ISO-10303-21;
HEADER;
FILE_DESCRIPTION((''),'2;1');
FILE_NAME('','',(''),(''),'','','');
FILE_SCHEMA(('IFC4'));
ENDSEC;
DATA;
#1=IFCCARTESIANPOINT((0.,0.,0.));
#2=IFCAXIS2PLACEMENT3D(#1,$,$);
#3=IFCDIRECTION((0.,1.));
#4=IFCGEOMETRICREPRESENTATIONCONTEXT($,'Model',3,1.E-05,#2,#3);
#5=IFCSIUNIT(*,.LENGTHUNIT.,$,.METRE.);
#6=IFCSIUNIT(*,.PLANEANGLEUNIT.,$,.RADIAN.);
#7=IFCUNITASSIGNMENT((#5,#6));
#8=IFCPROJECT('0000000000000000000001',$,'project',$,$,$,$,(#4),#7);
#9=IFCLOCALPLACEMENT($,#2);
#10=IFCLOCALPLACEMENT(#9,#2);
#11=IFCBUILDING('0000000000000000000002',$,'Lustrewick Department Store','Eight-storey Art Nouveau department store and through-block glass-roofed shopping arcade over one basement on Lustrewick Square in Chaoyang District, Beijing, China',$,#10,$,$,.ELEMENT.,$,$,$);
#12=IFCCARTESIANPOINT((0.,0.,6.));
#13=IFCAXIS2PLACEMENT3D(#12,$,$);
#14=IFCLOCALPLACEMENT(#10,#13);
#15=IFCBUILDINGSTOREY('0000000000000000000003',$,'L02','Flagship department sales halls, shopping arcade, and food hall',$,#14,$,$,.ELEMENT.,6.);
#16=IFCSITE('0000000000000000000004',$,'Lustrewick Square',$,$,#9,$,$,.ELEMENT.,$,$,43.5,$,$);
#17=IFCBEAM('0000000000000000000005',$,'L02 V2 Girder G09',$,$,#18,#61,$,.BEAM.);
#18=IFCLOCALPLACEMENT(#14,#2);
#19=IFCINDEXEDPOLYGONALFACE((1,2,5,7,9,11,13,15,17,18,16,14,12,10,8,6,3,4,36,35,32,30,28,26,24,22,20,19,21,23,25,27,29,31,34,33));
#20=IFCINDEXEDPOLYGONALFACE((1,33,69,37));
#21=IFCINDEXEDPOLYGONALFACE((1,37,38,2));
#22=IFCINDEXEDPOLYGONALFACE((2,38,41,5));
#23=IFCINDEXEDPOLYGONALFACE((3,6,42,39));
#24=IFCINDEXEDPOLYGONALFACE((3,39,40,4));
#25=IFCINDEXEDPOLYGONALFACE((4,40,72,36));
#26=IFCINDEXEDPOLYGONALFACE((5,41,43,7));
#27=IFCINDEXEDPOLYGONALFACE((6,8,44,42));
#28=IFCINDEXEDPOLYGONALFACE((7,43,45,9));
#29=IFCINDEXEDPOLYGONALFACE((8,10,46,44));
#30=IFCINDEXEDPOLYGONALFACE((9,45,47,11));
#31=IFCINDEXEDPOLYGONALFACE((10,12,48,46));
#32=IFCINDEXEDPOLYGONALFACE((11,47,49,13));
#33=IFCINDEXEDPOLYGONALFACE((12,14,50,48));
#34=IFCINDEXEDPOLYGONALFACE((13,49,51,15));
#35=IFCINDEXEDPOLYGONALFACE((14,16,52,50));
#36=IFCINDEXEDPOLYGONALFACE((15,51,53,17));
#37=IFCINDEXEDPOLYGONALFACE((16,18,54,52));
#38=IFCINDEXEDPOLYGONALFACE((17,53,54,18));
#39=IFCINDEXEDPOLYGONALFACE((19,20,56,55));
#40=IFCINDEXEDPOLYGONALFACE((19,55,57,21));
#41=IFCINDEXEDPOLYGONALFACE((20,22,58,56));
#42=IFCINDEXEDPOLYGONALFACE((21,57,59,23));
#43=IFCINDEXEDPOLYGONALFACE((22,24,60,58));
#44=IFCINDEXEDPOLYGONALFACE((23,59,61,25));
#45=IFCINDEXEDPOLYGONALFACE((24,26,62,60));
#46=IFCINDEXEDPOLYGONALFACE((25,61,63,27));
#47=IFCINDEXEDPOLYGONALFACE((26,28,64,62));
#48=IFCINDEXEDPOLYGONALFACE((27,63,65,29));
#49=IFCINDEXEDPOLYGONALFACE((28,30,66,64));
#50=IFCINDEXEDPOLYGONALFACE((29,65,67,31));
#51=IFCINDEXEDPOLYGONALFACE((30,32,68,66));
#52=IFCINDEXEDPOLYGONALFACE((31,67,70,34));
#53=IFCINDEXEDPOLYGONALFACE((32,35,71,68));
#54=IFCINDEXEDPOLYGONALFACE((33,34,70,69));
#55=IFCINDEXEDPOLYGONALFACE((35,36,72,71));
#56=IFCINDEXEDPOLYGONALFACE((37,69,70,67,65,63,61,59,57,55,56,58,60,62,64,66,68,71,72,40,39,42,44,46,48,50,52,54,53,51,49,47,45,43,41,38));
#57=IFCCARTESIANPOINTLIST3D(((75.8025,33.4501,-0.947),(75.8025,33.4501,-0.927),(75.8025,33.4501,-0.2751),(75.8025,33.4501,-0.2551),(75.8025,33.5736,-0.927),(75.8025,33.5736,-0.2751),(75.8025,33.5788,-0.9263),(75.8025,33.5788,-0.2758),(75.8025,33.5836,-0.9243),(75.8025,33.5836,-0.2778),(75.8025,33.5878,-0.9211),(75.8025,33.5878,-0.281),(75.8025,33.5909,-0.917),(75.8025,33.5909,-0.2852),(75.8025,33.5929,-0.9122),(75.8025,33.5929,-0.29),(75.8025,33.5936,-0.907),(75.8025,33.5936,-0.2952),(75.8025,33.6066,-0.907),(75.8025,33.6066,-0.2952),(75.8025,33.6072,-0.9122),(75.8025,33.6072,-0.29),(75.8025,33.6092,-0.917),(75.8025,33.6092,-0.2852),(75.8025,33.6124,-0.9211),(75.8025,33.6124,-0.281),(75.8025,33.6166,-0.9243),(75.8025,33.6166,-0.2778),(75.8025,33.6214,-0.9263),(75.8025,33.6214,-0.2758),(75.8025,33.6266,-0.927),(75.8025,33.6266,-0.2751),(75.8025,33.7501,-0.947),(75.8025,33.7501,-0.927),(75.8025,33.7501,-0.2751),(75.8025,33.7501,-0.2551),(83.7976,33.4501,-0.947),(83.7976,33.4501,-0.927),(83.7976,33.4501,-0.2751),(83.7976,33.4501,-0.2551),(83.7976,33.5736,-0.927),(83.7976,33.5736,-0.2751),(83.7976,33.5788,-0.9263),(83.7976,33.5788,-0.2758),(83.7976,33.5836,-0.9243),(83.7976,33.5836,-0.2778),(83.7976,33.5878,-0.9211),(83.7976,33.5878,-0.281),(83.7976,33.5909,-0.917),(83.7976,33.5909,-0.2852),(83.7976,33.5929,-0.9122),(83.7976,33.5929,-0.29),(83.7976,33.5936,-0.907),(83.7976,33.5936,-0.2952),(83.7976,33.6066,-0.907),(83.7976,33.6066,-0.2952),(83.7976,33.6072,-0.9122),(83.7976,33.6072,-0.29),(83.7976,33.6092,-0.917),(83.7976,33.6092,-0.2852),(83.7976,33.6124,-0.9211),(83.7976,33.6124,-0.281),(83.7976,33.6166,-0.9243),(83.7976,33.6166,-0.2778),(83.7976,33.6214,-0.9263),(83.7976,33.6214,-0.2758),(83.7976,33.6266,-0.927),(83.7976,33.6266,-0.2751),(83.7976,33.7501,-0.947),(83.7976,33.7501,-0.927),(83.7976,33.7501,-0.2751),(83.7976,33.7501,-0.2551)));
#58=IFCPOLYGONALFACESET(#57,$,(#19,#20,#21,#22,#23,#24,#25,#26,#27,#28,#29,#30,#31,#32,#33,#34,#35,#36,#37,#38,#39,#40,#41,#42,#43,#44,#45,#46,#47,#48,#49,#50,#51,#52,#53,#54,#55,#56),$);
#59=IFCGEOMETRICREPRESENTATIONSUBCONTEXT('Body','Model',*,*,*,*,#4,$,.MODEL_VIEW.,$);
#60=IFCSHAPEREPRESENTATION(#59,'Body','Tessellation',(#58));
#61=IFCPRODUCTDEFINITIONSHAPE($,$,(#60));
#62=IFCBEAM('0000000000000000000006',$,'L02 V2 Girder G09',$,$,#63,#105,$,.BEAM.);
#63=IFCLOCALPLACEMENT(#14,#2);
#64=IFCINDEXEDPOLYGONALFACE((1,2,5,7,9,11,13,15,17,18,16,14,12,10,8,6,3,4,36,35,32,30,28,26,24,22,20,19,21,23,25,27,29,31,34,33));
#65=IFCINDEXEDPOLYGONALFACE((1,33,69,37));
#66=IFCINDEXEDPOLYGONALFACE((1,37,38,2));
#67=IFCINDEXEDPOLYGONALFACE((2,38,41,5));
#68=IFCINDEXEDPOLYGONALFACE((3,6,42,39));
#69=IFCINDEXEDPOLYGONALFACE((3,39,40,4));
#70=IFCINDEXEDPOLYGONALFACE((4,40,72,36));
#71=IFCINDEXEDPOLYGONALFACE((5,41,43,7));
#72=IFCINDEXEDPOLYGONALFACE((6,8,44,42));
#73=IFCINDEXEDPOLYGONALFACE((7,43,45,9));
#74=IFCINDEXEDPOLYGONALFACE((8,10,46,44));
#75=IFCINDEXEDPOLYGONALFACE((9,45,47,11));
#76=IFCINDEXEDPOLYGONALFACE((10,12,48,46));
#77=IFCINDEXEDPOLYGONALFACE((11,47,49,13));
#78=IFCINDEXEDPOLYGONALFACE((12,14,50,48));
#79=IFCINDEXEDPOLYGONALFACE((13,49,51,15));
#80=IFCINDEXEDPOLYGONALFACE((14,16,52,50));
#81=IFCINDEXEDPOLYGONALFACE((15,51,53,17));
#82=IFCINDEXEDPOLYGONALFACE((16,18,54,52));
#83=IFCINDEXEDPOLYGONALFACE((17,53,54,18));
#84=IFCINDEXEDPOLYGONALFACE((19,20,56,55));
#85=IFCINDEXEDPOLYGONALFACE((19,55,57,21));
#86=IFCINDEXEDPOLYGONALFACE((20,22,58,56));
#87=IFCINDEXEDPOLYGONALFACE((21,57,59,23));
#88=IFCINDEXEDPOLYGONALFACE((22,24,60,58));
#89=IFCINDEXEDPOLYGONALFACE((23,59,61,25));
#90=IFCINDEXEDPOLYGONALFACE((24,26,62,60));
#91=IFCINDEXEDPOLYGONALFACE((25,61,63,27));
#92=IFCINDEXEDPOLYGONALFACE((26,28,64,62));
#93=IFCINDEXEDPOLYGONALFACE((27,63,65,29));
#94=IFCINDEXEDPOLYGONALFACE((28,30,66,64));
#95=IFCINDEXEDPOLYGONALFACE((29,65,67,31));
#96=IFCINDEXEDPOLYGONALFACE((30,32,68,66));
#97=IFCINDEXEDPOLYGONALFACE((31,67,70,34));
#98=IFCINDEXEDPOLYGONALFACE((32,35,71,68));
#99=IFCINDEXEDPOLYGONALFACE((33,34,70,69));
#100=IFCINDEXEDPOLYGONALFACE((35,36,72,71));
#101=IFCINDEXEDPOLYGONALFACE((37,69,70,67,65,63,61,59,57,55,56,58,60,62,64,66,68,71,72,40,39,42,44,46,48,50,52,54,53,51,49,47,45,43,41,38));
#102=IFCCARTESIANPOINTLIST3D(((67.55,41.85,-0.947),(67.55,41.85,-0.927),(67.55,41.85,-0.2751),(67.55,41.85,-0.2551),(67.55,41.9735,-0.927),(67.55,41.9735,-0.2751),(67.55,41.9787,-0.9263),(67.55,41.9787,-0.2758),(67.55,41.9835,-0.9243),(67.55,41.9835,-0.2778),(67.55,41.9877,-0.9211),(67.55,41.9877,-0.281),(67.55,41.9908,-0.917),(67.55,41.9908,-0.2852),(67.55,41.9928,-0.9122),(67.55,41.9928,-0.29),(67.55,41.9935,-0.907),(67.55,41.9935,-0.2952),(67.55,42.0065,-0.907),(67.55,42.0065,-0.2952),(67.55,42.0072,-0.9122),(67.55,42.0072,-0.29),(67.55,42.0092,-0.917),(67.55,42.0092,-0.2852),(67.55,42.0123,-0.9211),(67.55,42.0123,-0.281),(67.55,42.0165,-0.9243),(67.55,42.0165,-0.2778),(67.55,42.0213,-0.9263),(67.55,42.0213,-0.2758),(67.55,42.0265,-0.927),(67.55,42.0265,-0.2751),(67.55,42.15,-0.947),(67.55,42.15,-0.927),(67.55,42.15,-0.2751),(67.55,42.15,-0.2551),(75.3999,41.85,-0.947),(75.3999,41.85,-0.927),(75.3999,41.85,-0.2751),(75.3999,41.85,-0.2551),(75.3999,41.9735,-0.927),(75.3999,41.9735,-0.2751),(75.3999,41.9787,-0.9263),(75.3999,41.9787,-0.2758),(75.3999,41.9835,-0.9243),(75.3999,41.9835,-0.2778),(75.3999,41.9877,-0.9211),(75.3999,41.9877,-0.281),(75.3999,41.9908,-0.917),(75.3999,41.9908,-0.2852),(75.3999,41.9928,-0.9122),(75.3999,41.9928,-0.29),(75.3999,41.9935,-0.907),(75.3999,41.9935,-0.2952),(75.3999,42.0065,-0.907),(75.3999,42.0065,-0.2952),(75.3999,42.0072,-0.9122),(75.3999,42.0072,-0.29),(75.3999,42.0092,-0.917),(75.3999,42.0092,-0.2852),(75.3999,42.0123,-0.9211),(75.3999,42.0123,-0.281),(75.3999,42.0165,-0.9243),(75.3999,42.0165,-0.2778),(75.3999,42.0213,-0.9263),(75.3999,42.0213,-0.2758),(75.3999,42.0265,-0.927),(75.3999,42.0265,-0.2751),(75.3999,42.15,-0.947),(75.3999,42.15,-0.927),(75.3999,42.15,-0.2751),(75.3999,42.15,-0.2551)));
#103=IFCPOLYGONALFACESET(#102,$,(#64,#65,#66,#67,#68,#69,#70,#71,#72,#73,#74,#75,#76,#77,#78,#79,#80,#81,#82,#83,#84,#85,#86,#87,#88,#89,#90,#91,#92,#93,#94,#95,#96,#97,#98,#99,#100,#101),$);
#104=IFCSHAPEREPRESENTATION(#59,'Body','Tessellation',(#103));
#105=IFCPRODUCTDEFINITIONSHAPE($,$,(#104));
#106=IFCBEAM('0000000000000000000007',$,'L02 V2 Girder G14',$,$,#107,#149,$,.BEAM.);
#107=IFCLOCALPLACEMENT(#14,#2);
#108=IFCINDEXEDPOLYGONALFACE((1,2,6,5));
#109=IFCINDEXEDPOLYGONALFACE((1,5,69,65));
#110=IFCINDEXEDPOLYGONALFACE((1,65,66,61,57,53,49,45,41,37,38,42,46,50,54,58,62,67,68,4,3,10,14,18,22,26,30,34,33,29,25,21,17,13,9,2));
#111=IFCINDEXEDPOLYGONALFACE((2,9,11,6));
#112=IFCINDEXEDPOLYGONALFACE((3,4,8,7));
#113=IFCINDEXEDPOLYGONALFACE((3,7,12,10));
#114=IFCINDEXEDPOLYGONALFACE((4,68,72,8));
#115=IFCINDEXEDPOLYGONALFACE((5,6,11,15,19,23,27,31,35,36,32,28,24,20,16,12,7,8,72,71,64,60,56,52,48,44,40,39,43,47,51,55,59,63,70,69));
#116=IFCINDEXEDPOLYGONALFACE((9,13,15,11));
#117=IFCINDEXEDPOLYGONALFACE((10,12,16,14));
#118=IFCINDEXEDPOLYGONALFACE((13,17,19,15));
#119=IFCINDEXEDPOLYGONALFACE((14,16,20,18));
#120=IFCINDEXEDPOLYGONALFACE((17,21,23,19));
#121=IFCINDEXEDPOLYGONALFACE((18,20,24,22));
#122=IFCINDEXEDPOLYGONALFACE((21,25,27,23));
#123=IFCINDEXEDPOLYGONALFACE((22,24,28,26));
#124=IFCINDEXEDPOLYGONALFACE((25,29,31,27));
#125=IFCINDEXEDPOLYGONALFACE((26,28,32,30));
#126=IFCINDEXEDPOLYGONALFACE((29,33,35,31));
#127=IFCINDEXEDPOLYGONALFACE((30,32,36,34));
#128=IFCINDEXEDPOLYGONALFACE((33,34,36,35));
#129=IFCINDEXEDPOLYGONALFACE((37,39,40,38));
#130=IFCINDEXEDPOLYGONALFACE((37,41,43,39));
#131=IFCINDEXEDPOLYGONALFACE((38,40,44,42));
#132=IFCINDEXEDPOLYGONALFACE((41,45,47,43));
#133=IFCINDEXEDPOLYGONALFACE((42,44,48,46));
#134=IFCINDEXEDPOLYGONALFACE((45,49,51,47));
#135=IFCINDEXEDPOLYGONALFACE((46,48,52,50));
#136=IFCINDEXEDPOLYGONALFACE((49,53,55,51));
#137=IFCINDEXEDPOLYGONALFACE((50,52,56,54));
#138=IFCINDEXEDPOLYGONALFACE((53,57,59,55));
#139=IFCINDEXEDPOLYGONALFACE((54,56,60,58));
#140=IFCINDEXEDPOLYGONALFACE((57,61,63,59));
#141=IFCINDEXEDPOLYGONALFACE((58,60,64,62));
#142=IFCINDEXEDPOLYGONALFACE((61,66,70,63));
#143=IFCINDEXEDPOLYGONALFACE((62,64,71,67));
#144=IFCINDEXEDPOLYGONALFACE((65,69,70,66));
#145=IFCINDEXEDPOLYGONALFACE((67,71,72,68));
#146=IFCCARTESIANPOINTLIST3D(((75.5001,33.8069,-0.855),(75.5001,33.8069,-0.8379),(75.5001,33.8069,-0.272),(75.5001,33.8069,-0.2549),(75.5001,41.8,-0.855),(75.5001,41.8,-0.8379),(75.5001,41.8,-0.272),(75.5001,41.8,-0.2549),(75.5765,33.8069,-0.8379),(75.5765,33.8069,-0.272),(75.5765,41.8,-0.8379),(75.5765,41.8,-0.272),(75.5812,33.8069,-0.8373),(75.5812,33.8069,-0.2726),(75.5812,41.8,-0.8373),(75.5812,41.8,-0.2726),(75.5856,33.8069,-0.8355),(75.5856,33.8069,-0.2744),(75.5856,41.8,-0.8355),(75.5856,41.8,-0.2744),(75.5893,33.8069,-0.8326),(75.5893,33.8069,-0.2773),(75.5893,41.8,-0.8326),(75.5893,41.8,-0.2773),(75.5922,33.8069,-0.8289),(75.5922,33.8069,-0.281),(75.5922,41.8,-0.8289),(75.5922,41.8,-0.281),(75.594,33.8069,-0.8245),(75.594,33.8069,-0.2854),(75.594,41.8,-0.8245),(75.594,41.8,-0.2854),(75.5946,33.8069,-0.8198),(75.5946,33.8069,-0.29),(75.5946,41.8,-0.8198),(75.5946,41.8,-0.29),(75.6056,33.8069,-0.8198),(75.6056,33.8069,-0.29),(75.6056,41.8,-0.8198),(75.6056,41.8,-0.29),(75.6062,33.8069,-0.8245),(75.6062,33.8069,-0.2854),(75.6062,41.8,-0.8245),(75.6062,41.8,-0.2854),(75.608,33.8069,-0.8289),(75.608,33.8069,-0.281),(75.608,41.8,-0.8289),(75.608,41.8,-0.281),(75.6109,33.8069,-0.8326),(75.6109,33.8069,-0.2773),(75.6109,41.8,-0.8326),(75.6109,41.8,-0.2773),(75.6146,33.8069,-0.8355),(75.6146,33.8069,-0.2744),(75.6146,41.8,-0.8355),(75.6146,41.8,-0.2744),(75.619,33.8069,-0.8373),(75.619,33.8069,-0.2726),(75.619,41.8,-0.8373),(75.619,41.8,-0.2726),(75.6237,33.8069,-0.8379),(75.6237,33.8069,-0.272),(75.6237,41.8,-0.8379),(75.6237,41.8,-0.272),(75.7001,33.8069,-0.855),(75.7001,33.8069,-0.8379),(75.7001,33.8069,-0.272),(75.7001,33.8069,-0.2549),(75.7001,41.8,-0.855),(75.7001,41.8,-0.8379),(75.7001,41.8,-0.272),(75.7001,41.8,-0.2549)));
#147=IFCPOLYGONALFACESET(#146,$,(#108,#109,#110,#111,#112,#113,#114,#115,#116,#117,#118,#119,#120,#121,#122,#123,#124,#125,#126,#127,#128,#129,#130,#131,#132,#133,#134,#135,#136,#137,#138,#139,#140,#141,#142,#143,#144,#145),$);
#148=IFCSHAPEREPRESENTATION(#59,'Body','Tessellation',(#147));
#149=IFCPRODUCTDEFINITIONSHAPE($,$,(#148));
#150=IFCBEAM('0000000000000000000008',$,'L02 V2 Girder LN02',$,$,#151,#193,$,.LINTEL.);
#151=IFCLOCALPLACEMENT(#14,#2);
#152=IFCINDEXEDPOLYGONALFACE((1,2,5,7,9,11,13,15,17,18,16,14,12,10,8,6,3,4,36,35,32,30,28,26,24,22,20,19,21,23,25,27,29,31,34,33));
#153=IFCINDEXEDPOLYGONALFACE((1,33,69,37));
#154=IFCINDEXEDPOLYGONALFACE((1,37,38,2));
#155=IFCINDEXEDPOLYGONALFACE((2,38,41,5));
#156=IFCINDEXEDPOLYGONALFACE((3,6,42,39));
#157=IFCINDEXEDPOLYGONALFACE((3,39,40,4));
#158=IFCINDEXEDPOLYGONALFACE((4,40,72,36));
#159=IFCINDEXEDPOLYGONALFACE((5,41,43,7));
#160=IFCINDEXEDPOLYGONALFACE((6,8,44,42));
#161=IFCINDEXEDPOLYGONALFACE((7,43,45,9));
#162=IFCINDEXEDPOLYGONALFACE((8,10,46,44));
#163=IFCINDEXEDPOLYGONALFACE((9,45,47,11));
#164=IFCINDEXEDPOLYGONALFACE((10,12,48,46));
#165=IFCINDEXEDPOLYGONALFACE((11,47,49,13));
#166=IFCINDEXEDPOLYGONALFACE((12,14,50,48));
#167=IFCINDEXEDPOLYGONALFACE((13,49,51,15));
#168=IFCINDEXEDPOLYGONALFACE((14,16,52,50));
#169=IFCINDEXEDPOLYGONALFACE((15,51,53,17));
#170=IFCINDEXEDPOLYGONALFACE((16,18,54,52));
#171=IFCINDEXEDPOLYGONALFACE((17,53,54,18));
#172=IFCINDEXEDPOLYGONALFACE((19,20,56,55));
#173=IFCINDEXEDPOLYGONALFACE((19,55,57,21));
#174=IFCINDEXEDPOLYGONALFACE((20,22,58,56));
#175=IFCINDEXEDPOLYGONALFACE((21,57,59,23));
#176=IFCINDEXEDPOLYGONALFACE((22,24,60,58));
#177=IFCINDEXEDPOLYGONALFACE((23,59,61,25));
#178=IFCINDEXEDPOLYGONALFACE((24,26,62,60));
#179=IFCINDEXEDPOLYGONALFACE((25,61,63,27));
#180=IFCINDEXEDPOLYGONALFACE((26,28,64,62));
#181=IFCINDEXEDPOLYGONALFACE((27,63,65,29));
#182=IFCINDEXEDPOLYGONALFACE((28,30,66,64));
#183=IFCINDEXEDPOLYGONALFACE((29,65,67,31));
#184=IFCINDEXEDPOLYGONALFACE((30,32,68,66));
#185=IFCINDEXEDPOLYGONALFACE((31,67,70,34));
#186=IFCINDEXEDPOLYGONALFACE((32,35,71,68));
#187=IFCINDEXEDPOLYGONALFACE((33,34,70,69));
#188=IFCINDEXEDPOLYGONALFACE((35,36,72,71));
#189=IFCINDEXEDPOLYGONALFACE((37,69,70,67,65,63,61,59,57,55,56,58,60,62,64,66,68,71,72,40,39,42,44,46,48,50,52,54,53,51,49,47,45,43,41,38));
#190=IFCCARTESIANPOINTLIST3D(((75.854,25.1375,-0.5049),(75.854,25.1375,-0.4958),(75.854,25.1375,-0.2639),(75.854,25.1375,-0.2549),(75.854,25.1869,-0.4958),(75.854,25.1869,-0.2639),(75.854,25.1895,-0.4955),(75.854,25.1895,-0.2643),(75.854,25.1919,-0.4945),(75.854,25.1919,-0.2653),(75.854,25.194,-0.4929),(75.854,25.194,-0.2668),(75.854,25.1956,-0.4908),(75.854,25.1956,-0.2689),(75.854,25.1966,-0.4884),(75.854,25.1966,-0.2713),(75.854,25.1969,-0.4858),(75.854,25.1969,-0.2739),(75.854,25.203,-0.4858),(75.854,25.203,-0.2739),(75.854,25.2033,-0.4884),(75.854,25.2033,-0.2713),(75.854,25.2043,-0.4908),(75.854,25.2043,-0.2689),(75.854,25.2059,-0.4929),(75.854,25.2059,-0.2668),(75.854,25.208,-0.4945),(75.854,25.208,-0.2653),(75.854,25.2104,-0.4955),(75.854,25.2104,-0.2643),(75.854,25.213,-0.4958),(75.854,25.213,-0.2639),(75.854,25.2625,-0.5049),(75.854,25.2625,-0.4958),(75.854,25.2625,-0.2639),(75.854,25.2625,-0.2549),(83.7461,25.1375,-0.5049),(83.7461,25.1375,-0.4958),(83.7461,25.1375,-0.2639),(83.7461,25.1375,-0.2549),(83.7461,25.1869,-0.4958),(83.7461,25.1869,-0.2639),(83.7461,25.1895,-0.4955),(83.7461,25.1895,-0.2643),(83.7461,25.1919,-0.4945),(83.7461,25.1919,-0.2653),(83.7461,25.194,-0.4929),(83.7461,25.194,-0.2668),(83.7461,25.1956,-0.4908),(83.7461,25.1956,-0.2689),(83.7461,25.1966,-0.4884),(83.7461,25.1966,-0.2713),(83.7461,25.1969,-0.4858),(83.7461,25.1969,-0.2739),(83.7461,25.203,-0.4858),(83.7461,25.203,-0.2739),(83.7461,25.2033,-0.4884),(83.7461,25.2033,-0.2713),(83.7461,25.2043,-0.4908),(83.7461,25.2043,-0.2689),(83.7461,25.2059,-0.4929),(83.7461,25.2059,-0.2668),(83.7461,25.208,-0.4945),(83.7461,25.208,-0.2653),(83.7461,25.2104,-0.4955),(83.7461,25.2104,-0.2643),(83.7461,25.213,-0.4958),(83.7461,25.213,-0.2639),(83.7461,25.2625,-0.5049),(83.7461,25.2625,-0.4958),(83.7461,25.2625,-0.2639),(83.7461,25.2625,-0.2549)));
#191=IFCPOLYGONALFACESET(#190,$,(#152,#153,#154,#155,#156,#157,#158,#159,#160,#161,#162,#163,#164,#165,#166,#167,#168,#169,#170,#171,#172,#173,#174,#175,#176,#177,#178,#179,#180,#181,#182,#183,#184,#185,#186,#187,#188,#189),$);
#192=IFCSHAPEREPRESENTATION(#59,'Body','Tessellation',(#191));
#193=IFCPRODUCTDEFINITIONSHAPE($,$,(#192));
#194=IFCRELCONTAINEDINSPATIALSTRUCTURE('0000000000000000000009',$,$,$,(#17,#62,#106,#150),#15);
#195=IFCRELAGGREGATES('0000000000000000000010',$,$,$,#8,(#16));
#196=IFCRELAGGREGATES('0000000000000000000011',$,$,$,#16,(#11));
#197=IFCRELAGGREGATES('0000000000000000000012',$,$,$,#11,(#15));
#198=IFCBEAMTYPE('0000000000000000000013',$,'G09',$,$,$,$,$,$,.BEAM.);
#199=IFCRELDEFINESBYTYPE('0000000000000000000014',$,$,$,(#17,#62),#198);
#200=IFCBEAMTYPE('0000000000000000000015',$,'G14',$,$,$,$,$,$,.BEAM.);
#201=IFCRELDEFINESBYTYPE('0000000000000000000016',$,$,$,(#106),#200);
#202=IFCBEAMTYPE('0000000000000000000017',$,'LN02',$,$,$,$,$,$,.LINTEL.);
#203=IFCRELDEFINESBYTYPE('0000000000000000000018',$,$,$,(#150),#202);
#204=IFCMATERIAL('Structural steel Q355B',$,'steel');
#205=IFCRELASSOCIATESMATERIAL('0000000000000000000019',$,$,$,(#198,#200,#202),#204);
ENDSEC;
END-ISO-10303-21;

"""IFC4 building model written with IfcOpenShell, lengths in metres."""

from ifc_helpers import new_model, si_unit, direction, frame, origin, origin_2d, place, context, subcontext, project, spatial, i_section, extrude, material, material_profile, profile_set, type_object, element, save


model = new_model("IFC4")

# Units and contexts
model_context = context("Model", 3, precision=1e-05, world=origin(), true_north=direction((0.0, 1.0)))
body_context = subcontext(model_context, "Body", "Model", "MODEL_VIEW")
ifc_project = project(units=[si_unit("LENGTHUNIT", "METRE"), si_unit("PLANEANGLEUNIT", "RADIAN")], contexts=[model_context])

# Site, building, storey
site_placement = place(None, origin())
site = spatial("IfcSite", under=ifc_project, at=site_placement, Name="Lustrewick Square", CompositionType="ELEMENT", RefElevation=43.5)
building_placement = place(site_placement, origin())
building = spatial("IfcBuilding", under=site, at=building_placement, Name="Lustrewick Department Store", Description="Eight-storey Art Nouveau department store and through-block glass-roofed shopping arcade over one basement on Lustrewick Square in Chaoyang District, Beijing, China", CompositionType="ELEMENT")
storey_placement = place(building_placement, frame((0.0, 0.0, 6.0)))
storey = spatial("IfcBuildingStorey", under=building, at=storey_placement, Name="L02", Description="Flagship department sales halls, shopping arcade, and food hall", CompositionType="ELEMENT", Elevation=6.0)

# Beams
ifc_material_1 = material(Name="Structural steel Q355B", Category="steel")
ifc_material_profile_1 = material_profile(ifc_material_1, i_section(OverallWidth=0.3, OverallDepth=0.6919, WebThickness=0.0129, FlangeThickness=0.02, FilletRadius=0.02, at=origin_2d()), Name="HN 692x300x13x20")
ifc_profile_set_1 = profile_set([ifc_material_profile_1], Name="Structural steel Q355B")
beam_type_1 = type_object("IfcBeamType", Name="G09", PredefinedType="BEAM", material=ifc_profile_set_1)
beam_1_placement = place(storey_placement, frame((75.8025, 33.6001, -0.6011), z_axis=(1.0, 0.0, 0.0), x_axis=(0.0, 1.0, 0.0)))
element("IfcBeam", 1, at=beam_1_placement, inside=storey, type_object=beam_type_1, Name="L02 V2 Girder G09", PredefinedType="BEAM", context=body_context, shape_type="SweptSolid", body=[
    extrude(i_section(OverallWidth=0.3, OverallDepth=0.6919, WebThickness=0.0129, FlangeThickness=0.02, FilletRadius=0.02, at=origin_2d()), origin(), (0.0, 0.0, 1.0), 7.9951),
])
beam_2_placement = place(storey_placement, frame((67.55, 42.0, -0.6011), z_axis=(1.0, 0.0, 0.0), x_axis=(0.0, 1.0, 0.0)))
element("IfcBeam", 2, at=beam_2_placement, inside=storey, type_object=beam_type_1, Name="L02 V2 Girder G09", PredefinedType="BEAM", context=body_context, shape_type="SweptSolid", body=[
    extrude(i_section(OverallWidth=0.3, OverallDepth=0.6919, WebThickness=0.0129, FlangeThickness=0.02, FilletRadius=0.02, at=origin_2d()), origin(), (0.0, 0.0, 1.0), 7.8499),
])
ifc_material_profile_2 = material_profile(ifc_material_1, i_section(OverallWidth=0.2, OverallDepth=0.6001, WebThickness=0.011, FlangeThickness=0.0171, FilletRadius=0.0181, at=origin_2d()), Name="HN 600x200x11x17")
ifc_profile_set_2 = profile_set([ifc_material_profile_2], Name="Structural steel Q355B")
beam_type_2 = type_object("IfcBeamType", Name="G14", PredefinedType="BEAM", material=ifc_profile_set_2)
beam_3_placement = place(storey_placement, frame((75.6001, 33.8069, -0.5549), z_axis=(0.0, 1.0, 0.0), x_axis=(-1.0, 0.0, 0.0)))
element("IfcBeam", 3, at=beam_3_placement, inside=storey, type_object=beam_type_2, Name="L02 V2 Girder G14", PredefinedType="BEAM", context=body_context, shape_type="SweptSolid", body=[
    extrude(i_section(OverallWidth=0.2, OverallDepth=0.6001, WebThickness=0.011, FlangeThickness=0.0171, FilletRadius=0.0181, at=origin_2d()), origin(), (0.0, 0.0, 1.0), 7.9932),
])
ifc_material_profile_3 = material_profile(ifc_material_1, i_section(OverallWidth=0.125, OverallDepth=0.25, WebThickness=0.0061, FlangeThickness=0.009, FilletRadius=0.01, at=origin_2d()), Name="HN 250x125x6x9")
ifc_profile_set_3 = profile_set([ifc_material_profile_3], Name="Structural steel Q355B")
beam_type_3 = type_object("IfcBeamType", Name="LN02", PredefinedType="LINTEL", material=ifc_profile_set_3)
beam_4_placement = place(storey_placement, frame((75.854, 25.2, -0.3799), z_axis=(1.0, 0.0, 0.0), x_axis=(0.0, 1.0, 0.0)))
element("IfcBeam", 4, at=beam_4_placement, inside=storey, type_object=beam_type_3, Name="L02 V2 Girder LN02", PredefinedType="LINTEL", context=body_context, shape_type="SweptSolid", body=[
    extrude(i_section(OverallWidth=0.125, OverallDepth=0.25, WebThickness=0.0061, FlangeThickness=0.009, FilletRadius=0.01, at=origin_2d()), origin(), (0.0, 0.0, 1.0), 7.8921),
])

save(model, "model.ifc")
